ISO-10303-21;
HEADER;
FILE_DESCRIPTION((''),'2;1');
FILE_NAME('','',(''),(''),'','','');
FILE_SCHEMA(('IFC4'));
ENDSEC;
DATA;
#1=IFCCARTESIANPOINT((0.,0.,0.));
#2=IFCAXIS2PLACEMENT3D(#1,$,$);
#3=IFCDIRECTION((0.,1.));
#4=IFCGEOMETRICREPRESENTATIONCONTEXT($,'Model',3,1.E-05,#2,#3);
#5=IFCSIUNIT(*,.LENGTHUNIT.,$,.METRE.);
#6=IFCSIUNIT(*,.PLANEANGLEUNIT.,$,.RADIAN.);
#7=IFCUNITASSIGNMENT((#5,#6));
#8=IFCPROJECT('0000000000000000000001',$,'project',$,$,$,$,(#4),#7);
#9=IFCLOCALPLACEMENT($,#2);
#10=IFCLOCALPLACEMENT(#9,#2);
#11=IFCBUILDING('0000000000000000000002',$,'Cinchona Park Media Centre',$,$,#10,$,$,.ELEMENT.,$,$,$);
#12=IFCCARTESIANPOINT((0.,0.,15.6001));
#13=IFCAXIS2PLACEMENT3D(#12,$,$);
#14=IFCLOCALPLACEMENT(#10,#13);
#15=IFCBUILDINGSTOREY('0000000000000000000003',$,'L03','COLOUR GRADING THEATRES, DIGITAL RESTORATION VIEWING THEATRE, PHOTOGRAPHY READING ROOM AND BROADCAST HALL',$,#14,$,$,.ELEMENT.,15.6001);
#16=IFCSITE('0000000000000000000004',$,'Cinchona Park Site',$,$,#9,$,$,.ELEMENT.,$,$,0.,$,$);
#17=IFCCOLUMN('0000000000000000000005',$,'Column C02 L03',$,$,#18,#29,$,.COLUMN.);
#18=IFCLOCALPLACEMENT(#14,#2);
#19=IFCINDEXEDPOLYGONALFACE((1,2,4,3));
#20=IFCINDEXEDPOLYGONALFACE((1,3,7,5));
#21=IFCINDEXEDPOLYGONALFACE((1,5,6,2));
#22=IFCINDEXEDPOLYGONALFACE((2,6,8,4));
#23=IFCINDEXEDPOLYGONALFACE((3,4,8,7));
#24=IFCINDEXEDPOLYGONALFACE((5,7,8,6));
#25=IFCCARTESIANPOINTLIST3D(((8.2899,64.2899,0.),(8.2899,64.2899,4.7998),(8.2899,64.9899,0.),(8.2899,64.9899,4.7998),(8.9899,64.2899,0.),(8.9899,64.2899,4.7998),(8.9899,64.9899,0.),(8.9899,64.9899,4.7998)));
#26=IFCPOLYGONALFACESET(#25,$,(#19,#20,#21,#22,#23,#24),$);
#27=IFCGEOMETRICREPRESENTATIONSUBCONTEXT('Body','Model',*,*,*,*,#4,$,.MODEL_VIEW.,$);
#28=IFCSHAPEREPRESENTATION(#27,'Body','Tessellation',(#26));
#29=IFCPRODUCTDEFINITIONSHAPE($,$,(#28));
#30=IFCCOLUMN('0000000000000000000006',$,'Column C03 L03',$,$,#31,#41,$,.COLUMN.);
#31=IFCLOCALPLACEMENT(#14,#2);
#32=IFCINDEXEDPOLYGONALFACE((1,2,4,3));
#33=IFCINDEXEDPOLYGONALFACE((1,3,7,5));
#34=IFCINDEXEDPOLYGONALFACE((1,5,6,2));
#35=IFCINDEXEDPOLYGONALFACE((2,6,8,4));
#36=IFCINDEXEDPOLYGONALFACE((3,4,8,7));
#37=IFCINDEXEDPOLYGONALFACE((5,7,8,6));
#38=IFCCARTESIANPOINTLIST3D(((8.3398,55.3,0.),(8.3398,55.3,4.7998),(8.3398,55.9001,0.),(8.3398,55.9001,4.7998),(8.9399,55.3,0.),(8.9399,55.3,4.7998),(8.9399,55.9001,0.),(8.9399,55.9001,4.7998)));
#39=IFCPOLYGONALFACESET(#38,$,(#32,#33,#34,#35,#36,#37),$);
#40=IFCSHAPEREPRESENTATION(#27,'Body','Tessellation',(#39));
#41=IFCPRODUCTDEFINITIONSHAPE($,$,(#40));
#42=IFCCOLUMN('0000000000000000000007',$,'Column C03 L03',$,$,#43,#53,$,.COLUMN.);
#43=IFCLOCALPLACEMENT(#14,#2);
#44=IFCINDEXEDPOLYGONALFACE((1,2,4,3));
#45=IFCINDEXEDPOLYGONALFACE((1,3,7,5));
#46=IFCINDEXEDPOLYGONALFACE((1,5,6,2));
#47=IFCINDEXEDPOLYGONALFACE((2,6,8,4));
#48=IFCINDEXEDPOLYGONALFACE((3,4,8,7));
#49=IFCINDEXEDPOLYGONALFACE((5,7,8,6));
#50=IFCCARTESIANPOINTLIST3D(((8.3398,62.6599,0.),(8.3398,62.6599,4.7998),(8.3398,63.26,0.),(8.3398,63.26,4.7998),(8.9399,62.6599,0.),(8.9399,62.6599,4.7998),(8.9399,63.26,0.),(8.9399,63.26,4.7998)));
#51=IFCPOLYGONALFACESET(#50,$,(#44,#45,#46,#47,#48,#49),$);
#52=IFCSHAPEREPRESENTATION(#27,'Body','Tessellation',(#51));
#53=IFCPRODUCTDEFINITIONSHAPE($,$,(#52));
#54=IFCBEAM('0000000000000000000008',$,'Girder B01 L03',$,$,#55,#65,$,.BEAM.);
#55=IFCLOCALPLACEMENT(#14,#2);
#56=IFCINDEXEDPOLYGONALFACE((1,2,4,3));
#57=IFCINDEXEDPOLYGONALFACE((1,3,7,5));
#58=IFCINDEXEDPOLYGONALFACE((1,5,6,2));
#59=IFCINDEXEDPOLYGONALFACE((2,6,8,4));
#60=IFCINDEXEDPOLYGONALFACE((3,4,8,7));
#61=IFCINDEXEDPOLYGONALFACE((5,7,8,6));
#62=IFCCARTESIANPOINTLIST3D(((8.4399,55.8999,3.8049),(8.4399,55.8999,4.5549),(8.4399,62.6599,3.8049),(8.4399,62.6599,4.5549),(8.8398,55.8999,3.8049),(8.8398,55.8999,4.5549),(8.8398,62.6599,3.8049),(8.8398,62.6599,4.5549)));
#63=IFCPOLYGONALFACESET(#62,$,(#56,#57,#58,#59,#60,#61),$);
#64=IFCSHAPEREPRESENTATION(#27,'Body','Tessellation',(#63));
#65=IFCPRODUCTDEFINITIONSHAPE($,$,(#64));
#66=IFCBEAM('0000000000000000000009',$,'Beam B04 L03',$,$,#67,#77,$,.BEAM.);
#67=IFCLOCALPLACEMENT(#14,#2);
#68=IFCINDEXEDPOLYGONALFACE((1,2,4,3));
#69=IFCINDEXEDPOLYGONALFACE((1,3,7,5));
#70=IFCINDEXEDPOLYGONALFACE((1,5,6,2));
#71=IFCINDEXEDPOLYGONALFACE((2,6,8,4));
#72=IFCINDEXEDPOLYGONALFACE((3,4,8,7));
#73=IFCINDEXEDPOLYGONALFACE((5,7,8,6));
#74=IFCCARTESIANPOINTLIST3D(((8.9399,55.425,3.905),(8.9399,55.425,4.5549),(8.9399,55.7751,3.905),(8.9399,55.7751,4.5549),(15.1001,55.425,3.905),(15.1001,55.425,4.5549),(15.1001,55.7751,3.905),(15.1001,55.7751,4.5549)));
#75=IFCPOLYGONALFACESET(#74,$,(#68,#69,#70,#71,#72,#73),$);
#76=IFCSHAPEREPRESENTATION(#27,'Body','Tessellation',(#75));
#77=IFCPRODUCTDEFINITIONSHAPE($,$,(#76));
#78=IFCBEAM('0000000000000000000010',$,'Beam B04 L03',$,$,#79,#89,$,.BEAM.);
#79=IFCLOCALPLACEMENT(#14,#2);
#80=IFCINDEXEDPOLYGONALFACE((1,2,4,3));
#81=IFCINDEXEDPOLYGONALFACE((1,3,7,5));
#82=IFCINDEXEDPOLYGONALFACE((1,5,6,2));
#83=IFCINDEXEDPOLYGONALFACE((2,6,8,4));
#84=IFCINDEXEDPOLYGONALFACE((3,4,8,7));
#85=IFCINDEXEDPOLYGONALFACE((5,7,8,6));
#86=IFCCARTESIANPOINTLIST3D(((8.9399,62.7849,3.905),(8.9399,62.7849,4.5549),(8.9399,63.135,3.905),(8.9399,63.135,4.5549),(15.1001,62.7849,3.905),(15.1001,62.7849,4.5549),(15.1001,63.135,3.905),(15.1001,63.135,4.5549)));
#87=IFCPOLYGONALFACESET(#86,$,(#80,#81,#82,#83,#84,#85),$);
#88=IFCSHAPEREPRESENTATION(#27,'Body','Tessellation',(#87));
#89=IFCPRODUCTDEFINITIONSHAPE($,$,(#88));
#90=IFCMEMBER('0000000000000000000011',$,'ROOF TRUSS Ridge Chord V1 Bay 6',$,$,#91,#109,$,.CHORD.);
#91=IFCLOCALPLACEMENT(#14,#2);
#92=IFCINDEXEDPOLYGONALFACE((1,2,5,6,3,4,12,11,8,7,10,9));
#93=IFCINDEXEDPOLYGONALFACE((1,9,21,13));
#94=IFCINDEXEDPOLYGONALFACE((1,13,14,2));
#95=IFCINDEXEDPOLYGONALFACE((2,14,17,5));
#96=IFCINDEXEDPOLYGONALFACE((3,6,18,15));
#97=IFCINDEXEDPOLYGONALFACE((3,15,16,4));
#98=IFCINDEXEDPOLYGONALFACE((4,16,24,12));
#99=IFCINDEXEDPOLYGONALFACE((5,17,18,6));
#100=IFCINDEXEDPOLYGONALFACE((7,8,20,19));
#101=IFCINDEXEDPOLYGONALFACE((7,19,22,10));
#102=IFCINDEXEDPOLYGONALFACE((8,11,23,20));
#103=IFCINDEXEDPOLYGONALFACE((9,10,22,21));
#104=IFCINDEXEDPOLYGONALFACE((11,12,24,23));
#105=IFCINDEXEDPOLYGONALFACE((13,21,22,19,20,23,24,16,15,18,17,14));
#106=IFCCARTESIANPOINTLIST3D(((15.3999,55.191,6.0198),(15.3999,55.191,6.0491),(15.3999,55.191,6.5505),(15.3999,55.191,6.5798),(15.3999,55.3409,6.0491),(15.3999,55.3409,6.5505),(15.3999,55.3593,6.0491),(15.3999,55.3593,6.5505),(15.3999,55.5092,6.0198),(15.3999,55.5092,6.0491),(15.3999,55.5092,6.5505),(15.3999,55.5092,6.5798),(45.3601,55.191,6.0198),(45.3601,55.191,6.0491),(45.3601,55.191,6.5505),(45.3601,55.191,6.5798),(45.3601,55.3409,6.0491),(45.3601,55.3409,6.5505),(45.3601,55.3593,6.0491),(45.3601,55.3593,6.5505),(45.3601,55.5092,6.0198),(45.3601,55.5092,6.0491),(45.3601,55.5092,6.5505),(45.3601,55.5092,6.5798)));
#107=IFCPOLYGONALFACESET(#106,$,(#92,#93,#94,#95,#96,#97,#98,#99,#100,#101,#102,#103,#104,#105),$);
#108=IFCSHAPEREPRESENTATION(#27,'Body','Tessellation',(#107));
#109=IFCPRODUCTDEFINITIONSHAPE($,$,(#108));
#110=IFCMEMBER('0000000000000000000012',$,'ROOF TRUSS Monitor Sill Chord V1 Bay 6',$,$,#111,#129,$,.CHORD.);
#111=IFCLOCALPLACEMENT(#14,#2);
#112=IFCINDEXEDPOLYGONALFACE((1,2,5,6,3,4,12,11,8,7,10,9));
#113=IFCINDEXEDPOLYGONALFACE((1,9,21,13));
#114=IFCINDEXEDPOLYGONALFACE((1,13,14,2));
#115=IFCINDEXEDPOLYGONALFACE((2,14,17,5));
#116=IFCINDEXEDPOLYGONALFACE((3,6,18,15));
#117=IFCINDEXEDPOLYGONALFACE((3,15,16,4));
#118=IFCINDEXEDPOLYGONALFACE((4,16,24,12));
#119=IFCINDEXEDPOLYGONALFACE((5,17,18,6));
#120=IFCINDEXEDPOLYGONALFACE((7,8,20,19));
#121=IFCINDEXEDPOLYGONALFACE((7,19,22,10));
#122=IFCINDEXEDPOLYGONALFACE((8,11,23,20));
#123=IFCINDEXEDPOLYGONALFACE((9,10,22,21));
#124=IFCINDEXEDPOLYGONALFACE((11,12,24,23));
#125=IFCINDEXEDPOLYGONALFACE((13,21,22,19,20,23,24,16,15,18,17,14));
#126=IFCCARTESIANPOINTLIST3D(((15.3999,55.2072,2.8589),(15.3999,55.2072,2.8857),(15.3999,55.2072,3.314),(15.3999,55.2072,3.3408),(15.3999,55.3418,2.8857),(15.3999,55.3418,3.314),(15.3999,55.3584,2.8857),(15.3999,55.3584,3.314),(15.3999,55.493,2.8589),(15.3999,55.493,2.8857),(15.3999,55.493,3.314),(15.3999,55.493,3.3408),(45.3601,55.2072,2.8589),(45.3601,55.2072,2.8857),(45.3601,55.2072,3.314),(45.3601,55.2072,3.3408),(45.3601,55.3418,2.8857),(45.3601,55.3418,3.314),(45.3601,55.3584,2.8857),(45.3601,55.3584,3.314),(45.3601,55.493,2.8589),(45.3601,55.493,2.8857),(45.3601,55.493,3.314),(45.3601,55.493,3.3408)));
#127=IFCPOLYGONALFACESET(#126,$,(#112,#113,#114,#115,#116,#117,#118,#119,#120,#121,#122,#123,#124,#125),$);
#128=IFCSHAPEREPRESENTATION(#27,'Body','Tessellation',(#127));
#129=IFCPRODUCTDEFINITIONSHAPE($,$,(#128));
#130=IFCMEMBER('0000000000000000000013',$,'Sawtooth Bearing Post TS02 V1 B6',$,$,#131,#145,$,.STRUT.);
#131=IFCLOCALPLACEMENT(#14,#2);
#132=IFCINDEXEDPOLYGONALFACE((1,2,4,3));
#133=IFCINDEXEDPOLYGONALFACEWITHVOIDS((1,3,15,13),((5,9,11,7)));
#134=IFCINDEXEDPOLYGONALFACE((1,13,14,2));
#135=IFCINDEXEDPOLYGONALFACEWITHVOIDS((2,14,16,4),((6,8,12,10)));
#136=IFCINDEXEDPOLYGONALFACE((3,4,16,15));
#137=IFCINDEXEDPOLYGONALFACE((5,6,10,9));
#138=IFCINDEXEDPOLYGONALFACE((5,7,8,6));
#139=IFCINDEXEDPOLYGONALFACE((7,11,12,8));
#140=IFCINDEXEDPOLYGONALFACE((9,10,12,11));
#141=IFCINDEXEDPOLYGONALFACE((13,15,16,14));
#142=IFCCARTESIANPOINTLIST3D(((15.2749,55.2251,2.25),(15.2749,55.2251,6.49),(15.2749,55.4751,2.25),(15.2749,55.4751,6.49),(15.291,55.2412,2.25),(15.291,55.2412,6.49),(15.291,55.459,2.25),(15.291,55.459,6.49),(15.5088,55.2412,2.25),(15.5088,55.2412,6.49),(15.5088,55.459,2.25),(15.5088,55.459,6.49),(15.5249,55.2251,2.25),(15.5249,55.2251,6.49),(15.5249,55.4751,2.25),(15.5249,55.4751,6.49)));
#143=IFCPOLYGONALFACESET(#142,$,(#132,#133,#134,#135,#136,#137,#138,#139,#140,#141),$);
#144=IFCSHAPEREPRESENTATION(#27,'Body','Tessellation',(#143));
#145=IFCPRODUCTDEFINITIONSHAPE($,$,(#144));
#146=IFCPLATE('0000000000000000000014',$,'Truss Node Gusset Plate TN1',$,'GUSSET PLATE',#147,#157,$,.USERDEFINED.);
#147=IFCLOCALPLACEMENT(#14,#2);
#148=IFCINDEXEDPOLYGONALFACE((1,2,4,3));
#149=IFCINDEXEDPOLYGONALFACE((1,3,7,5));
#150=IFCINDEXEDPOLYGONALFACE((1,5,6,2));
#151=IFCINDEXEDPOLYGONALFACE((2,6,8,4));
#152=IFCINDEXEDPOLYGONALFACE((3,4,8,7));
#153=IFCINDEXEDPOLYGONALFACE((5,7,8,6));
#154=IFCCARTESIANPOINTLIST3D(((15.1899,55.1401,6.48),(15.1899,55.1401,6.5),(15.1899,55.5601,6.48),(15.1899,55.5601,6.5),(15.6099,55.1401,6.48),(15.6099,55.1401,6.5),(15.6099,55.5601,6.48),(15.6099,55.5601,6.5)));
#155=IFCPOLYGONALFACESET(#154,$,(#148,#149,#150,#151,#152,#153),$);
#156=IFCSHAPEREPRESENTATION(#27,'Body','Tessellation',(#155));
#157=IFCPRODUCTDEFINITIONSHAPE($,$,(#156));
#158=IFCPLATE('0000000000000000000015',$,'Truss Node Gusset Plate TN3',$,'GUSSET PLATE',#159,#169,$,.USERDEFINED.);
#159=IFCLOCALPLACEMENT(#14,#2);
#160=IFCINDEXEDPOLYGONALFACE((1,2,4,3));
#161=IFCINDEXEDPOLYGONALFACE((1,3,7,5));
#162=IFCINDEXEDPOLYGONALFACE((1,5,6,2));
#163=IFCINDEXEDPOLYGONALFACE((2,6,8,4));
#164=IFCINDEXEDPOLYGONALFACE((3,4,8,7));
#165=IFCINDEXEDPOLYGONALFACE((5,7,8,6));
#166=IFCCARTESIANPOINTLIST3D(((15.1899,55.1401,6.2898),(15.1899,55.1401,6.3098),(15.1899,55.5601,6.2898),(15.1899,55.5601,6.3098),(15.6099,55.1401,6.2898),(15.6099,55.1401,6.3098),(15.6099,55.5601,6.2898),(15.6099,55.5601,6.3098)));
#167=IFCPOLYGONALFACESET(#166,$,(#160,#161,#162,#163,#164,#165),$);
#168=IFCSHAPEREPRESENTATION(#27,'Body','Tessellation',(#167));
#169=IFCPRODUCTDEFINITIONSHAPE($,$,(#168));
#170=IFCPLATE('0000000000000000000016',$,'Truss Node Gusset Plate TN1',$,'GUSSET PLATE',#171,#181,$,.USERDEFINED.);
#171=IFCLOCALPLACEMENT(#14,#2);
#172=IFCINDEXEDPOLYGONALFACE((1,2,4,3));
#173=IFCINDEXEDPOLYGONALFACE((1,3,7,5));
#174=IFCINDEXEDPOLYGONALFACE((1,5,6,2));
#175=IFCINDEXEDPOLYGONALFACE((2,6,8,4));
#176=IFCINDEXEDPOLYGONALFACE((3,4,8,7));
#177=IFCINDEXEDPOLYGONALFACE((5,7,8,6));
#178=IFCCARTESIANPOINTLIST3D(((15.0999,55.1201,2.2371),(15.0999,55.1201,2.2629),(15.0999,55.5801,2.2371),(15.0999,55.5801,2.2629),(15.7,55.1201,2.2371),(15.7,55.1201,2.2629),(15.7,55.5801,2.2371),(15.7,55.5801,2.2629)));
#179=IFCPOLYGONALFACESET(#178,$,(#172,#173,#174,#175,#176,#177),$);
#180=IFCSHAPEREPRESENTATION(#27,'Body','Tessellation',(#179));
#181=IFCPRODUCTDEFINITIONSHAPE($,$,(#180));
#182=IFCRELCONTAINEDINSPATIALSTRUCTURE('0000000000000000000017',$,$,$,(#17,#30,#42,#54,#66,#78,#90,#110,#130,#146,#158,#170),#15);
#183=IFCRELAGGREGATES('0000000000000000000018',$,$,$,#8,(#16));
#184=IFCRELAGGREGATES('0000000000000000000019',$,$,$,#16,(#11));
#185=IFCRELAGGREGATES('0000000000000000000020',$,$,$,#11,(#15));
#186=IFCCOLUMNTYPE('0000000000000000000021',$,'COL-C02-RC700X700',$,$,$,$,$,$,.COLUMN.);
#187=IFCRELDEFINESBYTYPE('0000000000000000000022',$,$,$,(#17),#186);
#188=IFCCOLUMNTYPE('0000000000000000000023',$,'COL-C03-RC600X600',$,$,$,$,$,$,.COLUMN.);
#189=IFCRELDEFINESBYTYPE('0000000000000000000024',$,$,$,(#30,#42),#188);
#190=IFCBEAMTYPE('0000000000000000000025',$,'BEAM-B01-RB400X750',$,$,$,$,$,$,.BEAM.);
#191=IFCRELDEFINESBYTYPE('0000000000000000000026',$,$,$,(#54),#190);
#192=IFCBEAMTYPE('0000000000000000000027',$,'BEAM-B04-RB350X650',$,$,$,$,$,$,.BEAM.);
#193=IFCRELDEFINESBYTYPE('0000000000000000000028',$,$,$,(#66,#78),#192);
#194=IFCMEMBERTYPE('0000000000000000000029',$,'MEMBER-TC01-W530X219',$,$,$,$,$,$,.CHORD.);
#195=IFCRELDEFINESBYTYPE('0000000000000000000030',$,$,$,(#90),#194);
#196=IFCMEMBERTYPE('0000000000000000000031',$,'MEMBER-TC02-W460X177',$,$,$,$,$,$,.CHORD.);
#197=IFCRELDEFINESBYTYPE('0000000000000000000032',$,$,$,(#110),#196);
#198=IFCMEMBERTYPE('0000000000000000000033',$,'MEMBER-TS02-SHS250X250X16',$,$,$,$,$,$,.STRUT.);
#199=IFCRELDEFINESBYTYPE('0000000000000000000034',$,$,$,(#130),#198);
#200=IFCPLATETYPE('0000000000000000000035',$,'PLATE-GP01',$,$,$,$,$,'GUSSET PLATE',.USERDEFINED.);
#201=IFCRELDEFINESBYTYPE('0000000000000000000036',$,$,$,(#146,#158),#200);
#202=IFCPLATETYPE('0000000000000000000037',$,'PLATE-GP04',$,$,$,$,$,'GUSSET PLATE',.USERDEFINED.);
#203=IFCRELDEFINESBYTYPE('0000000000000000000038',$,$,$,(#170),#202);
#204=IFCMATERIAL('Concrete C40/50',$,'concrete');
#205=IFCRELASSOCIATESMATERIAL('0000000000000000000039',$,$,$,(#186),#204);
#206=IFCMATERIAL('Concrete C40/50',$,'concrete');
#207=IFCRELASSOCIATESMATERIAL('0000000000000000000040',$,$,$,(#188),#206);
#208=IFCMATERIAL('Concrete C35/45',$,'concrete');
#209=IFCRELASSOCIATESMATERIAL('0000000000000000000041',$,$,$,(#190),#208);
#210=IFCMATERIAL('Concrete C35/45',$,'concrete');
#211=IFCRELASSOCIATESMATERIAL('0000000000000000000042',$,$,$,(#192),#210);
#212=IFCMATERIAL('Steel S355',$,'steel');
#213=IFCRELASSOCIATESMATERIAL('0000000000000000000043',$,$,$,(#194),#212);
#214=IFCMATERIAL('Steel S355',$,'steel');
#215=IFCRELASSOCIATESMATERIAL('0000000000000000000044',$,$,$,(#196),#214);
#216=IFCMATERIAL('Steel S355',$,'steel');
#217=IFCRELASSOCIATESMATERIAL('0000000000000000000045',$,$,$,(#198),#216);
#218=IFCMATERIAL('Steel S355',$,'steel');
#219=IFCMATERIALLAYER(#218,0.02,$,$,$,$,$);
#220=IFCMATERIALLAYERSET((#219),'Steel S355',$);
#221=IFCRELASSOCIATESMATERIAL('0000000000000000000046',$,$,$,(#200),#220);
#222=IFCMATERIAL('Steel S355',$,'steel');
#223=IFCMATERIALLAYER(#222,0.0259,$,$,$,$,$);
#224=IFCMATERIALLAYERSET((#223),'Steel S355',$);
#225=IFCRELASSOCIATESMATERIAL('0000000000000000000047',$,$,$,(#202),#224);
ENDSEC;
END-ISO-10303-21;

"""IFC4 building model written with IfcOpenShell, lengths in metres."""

from ifc_helpers import new_model, si_unit, direction, frame, origin, origin_2d, place, context, subcontext, project, spatial, rectangle, hollow_rectangle, i_section, extrude, material, layer, layer_set, material_profile, profile_set, type_object, element, save


model = new_model("IFC4")

# Units and contexts
model_context = context("Model", 3, precision=1e-05, world=origin(), true_north=direction((0.0, 1.0)))
body_context = subcontext(model_context, "Body", "Model", "MODEL_VIEW")
ifc_project = project(units=[si_unit("LENGTHUNIT", "METRE"), si_unit("PLANEANGLEUNIT", "RADIAN")], contexts=[model_context])

# Site, building, storey
site_placement = place(None, origin())
site = spatial("IfcSite", under=ifc_project, at=site_placement, Name="Cinchona Park Site", CompositionType="ELEMENT", RefElevation=0.0)
building_placement = place(site_placement, origin())
building = spatial("IfcBuilding", under=site, at=building_placement, Name="Cinchona Park Media Centre", CompositionType="ELEMENT")
storey_placement = place(building_placement, frame((0.0, 0.0, 15.6001)))
storey = spatial("IfcBuildingStorey", under=building, at=storey_placement, Name="L03", Description="COLOUR GRADING THEATRES, DIGITAL RESTORATION VIEWING THEATRE, PHOTOGRAPHY READING ROOM AND BROADCAST HALL", CompositionType="ELEMENT", Elevation=15.6001)

# Columns
ifc_material_1 = material(Name="Concrete C40/50", Category="concrete")
ifc_material_profile_1 = material_profile(ifc_material_1, rectangle(XDim=0.7, YDim=0.7, at=origin_2d()), Name="RC 700X700")
ifc_profile_set_1 = profile_set([ifc_material_profile_1], Name="Concrete C40/50")
column_type_1 = type_object("IfcColumnType", Name="COL-C02-RC700X700", PredefinedType="COLUMN", material=ifc_profile_set_1)
column_placement = place(storey_placement, frame((8.6399, 64.6399, 0.0), z_axis=(0.0, 0.0, 1.0), x_axis=(1.0, 0.0, 0.0)))
element("IfcColumn", 1, at=column_placement, inside=storey, type_object=column_type_1, Name="Column C02 L03", PredefinedType="COLUMN", context=body_context, shape_type="SweptSolid", body=[
    extrude(rectangle(XDim=0.7, YDim=0.7, at=origin_2d()), origin(), (0.0, 0.0, 1.0), 4.7998),
])
ifc_material_2 = material(Name="Concrete C40/50", Category="concrete")
ifc_material_profile_2 = material_profile(ifc_material_2, rectangle(XDim=0.6001, YDim=0.6001, at=origin_2d()), Name="RC 600X600")
ifc_profile_set_2 = profile_set([ifc_material_profile_2], Name="Concrete C40/50")
column_type_2 = type_object("IfcColumnType", Name="COL-C03-RC600X600", PredefinedType="COLUMN", material=ifc_profile_set_2)
for number, where, z_axis, x_axis, name in (
    (2, (8.6399, 55.6001, 0.0), (0.0, 0.0, 1.0), (1.0, 0.0, 0.0), "Column C03 L03"),
    (3, (8.6399, 62.96, 0.0), (0.0, 0.0, 1.0), (1.0, 0.0, 0.0), "Column C03 L03"),
):
    element("IfcColumn", number, at=place(storey_placement, frame(where, z_axis=z_axis, x_axis=x_axis)), inside=storey, type_object=column_type_2, Name=name, PredefinedType="COLUMN", context=body_context, shape_type="SweptSolid", body=[
        extrude(rectangle(XDim=0.6001, YDim=0.6001, at=origin_2d()), origin(), (0.0, 0.0, 1.0), 4.7998),
    ])

# Beams
ifc_material_3 = material(Name="Concrete C35/45", Category="concrete")
ifc_material_profile_3 = material_profile(ifc_material_3, rectangle(XDim=0.3999, YDim=0.75, at=origin_2d()), Name="RB 400X750")
ifc_profile_set_3 = profile_set([ifc_material_profile_3], Name="Concrete C35/45")
beam_type_1 = type_object("IfcBeamType", Name="BEAM-B01-RB400X750", PredefinedType="BEAM", material=ifc_profile_set_3)
beam_placement = place(storey_placement, frame((8.6399, 55.8999, 4.1799), z_axis=(0.0, 1.0, 0.0), x_axis=(-1.0, 0.0, 0.0)))
element("IfcBeam", 4, at=beam_placement, inside=storey, type_object=beam_type_1, Name="Girder B01 L03", PredefinedType="BEAM", context=body_context, shape_type="SweptSolid", body=[
    extrude(rectangle(XDim=0.3999, YDim=0.75, at=origin_2d()), origin(), (0.0, 0.0, 1.0), 6.76),
])
ifc_material_4 = material(Name="Concrete C35/45", Category="concrete")
ifc_material_profile_4 = material_profile(ifc_material_4, rectangle(XDim=0.3501, YDim=0.6499, at=origin_2d()), Name="RB 350X650")
ifc_profile_set_4 = profile_set([ifc_material_profile_4], Name="Concrete C35/45")
beam_type_2 = type_object("IfcBeamType", Name="BEAM-B04-RB350X650", PredefinedType="BEAM", material=ifc_profile_set_4)
for number, where, z_axis, x_axis, name in (
    (5, (8.9399, 55.6001, 4.23), (1.0, 0.0, 0.0), (0.0, 1.0, 0.0), "Beam B04 L03"),
    (6, (8.9399, 62.96, 4.23), (1.0, 0.0, 0.0), (0.0, 1.0, 0.0), "Beam B04 L03"),
):
    element("IfcBeam", number, at=place(storey_placement, frame(where, z_axis=z_axis, x_axis=x_axis)), inside=storey, type_object=beam_type_2, Name=name, PredefinedType="BEAM", context=body_context, shape_type="SweptSolid", body=[
        extrude(rectangle(XDim=0.3501, YDim=0.6499, at=origin_2d()), origin(), (0.0, 0.0, 1.0), 6.1602),
    ])

# Members
ifc_material_5 = material(Name="Steel S355", Category="steel")
ifc_material_profile_5 = material_profile(ifc_material_5, i_section(OverallWidth=0.3181, OverallDepth=0.5601, WebThickness=0.0183, FlangeThickness=0.0293, at=origin_2d()), Name="W530X219")
ifc_profile_set_5 = profile_set([ifc_material_profile_5], Name="Steel S355")
member_type_1 = type_object("IfcMemberType", Name="MEMBER-TC01-W530X219", PredefinedType="CHORD", material=ifc_profile_set_5)
member_1_placement = place(storey_placement, frame((15.3999, 55.3501, 6.2998), z_axis=(1.0, 0.0, 0.0), x_axis=(0.0, 1.0, 0.0)))
element("IfcMember", 7, at=member_1_placement, inside=storey, type_object=member_type_1, Name="ROOF TRUSS Ridge Chord V1 Bay 6", PredefinedType="CHORD", context=body_context, shape_type="SweptSolid", body=[
    extrude(i_section(OverallWidth=0.3181, OverallDepth=0.5601, WebThickness=0.0183, FlangeThickness=0.0293, at=origin_2d()), origin(), (0.0, 0.0, 1.0), 29.9602),
])
ifc_material_6 = material(Name="Steel S355", Category="steel")
ifc_material_profile_6 = material_profile(ifc_material_6, i_section(OverallWidth=0.2859, OverallDepth=0.4819, WebThickness=0.0166, FlangeThickness=0.0269, at=origin_2d()), Name="W460X177")
ifc_profile_set_6 = profile_set([ifc_material_profile_6], Name="Steel S355")
member_type_2 = type_object("IfcMemberType", Name="MEMBER-TC02-W460X177", PredefinedType="CHORD", material=ifc_profile_set_6)
member_2_placement = place(storey_placement, frame((15.3999, 55.3501, 3.0999), z_axis=(1.0, 0.0, 0.0), x_axis=(0.0, 1.0, 0.0)))
element("IfcMember", 8, at=member_2_placement, inside=storey, type_object=member_type_2, Name="ROOF TRUSS Monitor Sill Chord V1 Bay 6", PredefinedType="CHORD", context=body_context, shape_type="SweptSolid", body=[
    extrude(i_section(OverallWidth=0.2859, OverallDepth=0.4819, WebThickness=0.0166, FlangeThickness=0.0269, at=origin_2d()), origin(), (0.0, 0.0, 1.0), 29.9602),
])
ifc_material_7 = material(Name="Steel S355", Category="steel")
ifc_material_profile_7 = material_profile(ifc_material_7, hollow_rectangle(XDim=0.25, YDim=0.25, WallThickness=0.0161, at=origin_2d()), Name="250X250X16SHS")
ifc_profile_set_7 = profile_set([ifc_material_profile_7], Name="Steel S355")
member_type_3 = type_object("IfcMemberType", Name="MEMBER-TS02-SHS250X250X16", PredefinedType="STRUT", material=ifc_profile_set_7)
member_3_placement = place(storey_placement, frame((15.3999, 55.3501, 2.25), z_axis=(0.0, 0.0, 1.0), x_axis=(1.0, 0.0, 0.0)))
element("IfcMember", 9, at=member_3_placement, inside=storey, type_object=member_type_3, Name="Sawtooth Bearing Post TS02 V1 B6", PredefinedType="STRUT", context=body_context, shape_type="SweptSolid", body=[
    extrude(hollow_rectangle(XDim=0.25, YDim=0.25, WallThickness=0.0161, at=origin_2d()), origin(), (0.0, 0.0, 1.0), 4.24),
])

# Plates
ifc_material_8 = material(Name="Steel S355", Category="steel")
ifc_layer_1 = layer(ifc_material_8, 0.02)
ifc_layer_set_1 = layer_set([ifc_layer_1], Name="Steel S355")
plate_type_1 = type_object("IfcPlateType", Name="PLATE-GP01", ElementType="GUSSET PLATE", PredefinedType="USERDEFINED", material=ifc_layer_set_1)
for number, where, z_axis, x_axis, name in (
    (10, (15.3999, 55.3501, 6.48), (0.0, 0.0, 1.0), (1.0, 0.0, 0.0), "Truss Node Gusset Plate TN1"),
    (11, (15.3999, 55.3501, 6.2898), (0.0, 0.0, 1.0), (1.0, 0.0, 0.0), "Truss Node Gusset Plate TN3"),
):
    element("IfcPlate", number, at=place(storey_placement, frame(where, z_axis=z_axis, x_axis=x_axis)), inside=storey, type_object=plate_type_1, Name=name, ObjectType="GUSSET PLATE", PredefinedType="USERDEFINED", context=body_context, shape_type="SweptSolid", body=[
        extrude(rectangle(XDim=0.4199, YDim=0.4199, at=origin_2d()), origin(), (0.0, 0.0, 1.0), 0.02),
    ])
ifc_material_9 = material(Name="Steel S355", Category="steel")
ifc_layer_2 = layer(ifc_material_9, 0.0259)
ifc_layer_set_2 = layer_set([ifc_layer_2], Name="Steel S355")
plate_type_2 = type_object("IfcPlateType", Name="PLATE-GP04", ElementType="GUSSET PLATE", PredefinedType="USERDEFINED", material=ifc_layer_set_2)
plate_placement = place(storey_placement, frame((15.3999, 55.3501, 2.2371), z_axis=(0.0, 0.0, 1.0), x_axis=(1.0, 0.0, 0.0)))
element("IfcPlate", 12, at=plate_placement, inside=storey, type_object=plate_type_2, Name="Truss Node Gusset Plate TN1", ObjectType="GUSSET PLATE", PredefinedType="USERDEFINED", context=body_context, shape_type="SweptSolid", body=[
    extrude(rectangle(XDim=0.6001, YDim=0.46, at=origin_2d()), origin(), (0.0, 0.0, 1.0), 0.0259),
])

save(model, "model.ifc")
